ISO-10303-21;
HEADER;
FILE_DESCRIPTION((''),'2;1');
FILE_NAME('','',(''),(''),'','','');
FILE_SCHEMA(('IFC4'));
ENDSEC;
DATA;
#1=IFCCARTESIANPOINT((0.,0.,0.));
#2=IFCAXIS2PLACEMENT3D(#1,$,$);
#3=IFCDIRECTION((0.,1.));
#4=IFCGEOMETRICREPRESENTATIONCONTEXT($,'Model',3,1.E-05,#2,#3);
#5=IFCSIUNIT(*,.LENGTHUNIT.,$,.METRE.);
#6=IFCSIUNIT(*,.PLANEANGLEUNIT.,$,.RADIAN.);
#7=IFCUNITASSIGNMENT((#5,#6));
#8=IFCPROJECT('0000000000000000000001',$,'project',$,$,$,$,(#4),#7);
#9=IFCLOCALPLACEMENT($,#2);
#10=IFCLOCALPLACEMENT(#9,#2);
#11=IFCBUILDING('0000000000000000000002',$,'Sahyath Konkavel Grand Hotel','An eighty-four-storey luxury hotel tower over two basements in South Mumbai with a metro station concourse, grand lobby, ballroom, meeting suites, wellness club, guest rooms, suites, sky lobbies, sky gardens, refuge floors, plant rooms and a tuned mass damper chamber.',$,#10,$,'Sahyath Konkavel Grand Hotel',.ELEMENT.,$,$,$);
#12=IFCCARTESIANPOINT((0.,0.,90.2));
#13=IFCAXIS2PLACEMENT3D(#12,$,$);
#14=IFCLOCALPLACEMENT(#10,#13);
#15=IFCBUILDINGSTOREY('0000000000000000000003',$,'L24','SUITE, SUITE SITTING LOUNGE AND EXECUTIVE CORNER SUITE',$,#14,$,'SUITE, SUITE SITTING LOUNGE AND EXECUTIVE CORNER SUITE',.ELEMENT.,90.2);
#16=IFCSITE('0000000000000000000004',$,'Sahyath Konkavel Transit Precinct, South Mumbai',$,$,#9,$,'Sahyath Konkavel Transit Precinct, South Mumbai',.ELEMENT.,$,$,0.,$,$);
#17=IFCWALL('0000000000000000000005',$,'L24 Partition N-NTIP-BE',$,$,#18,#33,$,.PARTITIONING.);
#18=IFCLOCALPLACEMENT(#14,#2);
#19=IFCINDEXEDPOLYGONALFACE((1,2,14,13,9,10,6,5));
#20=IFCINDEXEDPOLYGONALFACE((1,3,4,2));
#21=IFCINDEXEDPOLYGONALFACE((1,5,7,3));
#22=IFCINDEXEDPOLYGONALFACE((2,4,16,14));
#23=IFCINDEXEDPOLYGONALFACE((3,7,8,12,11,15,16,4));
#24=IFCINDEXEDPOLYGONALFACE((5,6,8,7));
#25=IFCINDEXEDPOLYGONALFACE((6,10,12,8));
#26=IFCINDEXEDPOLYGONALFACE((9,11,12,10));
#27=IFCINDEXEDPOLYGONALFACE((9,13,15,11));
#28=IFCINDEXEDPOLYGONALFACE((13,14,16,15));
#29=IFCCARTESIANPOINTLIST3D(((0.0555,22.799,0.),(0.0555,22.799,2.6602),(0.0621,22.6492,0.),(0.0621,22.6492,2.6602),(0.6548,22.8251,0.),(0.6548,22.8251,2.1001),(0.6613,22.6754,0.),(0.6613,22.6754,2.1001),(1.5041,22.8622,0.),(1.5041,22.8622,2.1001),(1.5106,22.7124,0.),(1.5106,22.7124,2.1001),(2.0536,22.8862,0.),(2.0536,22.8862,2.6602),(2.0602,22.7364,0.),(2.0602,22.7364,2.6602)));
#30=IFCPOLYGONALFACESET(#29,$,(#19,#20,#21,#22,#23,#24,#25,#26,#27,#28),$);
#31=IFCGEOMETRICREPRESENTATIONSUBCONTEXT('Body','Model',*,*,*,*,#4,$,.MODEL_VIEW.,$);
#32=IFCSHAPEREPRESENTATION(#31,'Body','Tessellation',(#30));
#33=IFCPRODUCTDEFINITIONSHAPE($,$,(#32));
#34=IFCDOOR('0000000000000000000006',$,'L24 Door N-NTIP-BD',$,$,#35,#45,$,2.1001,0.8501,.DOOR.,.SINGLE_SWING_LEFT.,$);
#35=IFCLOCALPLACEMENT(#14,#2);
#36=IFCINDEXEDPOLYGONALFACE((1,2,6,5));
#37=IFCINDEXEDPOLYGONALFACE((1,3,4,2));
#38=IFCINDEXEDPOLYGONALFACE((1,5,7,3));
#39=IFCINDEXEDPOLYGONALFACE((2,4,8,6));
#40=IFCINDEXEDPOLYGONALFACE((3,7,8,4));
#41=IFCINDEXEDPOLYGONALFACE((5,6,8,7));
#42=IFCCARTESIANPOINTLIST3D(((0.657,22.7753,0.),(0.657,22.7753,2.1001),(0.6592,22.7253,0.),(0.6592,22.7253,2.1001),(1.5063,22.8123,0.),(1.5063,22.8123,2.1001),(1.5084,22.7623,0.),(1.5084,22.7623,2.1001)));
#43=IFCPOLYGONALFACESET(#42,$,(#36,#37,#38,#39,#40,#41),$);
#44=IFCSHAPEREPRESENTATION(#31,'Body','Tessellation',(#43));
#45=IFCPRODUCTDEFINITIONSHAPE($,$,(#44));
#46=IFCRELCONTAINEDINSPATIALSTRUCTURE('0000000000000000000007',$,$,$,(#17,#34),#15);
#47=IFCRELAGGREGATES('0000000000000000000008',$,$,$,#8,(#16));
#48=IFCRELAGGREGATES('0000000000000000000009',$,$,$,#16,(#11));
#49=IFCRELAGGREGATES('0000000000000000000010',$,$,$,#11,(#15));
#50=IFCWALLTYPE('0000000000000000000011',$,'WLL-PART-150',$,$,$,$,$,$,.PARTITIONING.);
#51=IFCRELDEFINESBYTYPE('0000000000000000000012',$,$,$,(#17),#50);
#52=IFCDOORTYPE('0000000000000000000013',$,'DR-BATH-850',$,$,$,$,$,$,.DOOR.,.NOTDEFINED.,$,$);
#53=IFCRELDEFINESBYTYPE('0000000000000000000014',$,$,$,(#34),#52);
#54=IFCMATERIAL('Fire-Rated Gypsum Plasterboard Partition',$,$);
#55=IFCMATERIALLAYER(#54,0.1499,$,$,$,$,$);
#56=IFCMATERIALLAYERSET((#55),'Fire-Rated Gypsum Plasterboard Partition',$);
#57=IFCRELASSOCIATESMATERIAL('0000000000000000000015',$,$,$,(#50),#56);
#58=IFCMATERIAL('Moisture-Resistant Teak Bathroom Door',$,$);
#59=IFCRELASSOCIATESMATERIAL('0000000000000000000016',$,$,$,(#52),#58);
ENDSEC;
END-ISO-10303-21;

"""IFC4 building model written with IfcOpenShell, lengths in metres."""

from ifc_helpers import new_model, si_unit, direction, frame, frame_2d, origin, origin_2d, place, context, subcontext, project, spatial, rectangle, extrude, source, transform, mapped, material, layer, layer_set, type_object, element, fill, save


model = new_model("IFC4")

# Units and contexts
model_context = context("Model", 3, precision=1e-05, world=origin(), true_north=direction((0.0, 1.0)))
body_context = subcontext(model_context, "Body", "Model", "MODEL_VIEW")
ifc_project = project(units=[si_unit("LENGTHUNIT", "METRE"), si_unit("PLANEANGLEUNIT", "RADIAN")], contexts=[model_context])

# Site, building, storey
site_placement = place(None, origin())
site = spatial("IfcSite", under=ifc_project, at=site_placement, Name="Sahyath Konkavel Transit Precinct, South Mumbai", LongName="Sahyath Konkavel Transit Precinct, South Mumbai", CompositionType="ELEMENT", RefElevation=0.0)
building_placement = place(site_placement, origin())
building = spatial("IfcBuilding", under=site, at=building_placement, Name="Sahyath Konkavel Grand Hotel", Description="An eighty-four-storey luxury hotel tower over two basements in South Mumbai with a metro station concourse, grand lobby, ballroom, meeting suites, wellness club, guest rooms, suites, sky lobbies, sky gardens, refuge floors, plant rooms and a tuned mass damper chamber.", LongName="Sahyath Konkavel Grand Hotel", CompositionType="ELEMENT")
storey_placement = place(building_placement, frame((0.0, 0.0, 90.2)))
storey = spatial("IfcBuildingStorey", under=building, at=storey_placement, Name="L24", Description="SUITE, SUITE SITTING LOUNGE AND EXECUTIVE CORNER SUITE", LongName="SUITE, SUITE SITTING LOUNGE AND EXECUTIVE CORNER SUITE", CompositionType="ELEMENT", Elevation=90.2)

# Shared definitions
shared_shape_1 = source(origin(), body_context, "Body", "SweptSolid", [
    extrude(rectangle(XDim=0.8501, YDim=0.05, at=origin_2d()), origin(), (0.0, 0.0, 1.0), 2.1001),
])

# Shared definitions
ifc_material_1 = material(Name="Fire-Rated Gypsum Plasterboard Partition")
ifc_layer_1 = layer(ifc_material_1, 0.1499)
ifc_layer_set_1 = layer_set([ifc_layer_1], Name="Fire-Rated Gypsum Plasterboard Partition")
wall_type_1 = type_object("IfcWallType", Name="WLL-PART-150", PredefinedType="PARTITIONING", material=ifc_layer_set_1)

# Wall, opening, door
wall_1_placement = place(storey_placement, frame((2.0569, 22.8113, 0.0), z_axis=(0.0, 0.0, 1.0), x_axis=(-0.99905, -0.04358, 0.0)))
wall_1 = element("IfcWall", 1, at=wall_1_placement, inside=storey, type_object=wall_type_1, Name="L24 Partition N-NTIP-BE", PredefinedType="PARTITIONING", context=body_context, shape_type="SweptSolid", body=[
    extrude(rectangle(XDim=2.0, YDim=0.1499, at=frame_2d((1.0, 0.0))), origin(), (0.0, 0.0, 1.0), 2.6602),
])
opening_1_placement = place(wall_1_placement, frame((0.55, 0.0, 0.0)))
opening_1 = element("IfcOpeningElement", 2, at=opening_1_placement, cuts=wall_1, PredefinedType="OPENING", context=body_context, shape_type="SweptSolid", body=[
    extrude(rectangle(XDim=0.8501, YDim=2.1001, at=frame_2d((0.425, 1.05))), frame((0.0, 0.085, 0.0), z_axis=(0.0, -1.0, 0.0), x_axis=(1.0, 0.0, 0.0)), (0.0, 0.0, 1.0), 0.1699),
])
ifc_material_2 = material(Name="Moisture-Resistant Teak Bathroom Door")
door_type_1 = type_object("IfcDoorType", Name="DR-BATH-850", OperationType="NOTDEFINED", PredefinedType="DOOR", material=ifc_material_2)
door_1_placement = place(opening_1_placement, frame((0.425, 0.0, 0.0)))
door_1 = element("IfcDoor", 3, at=door_1_placement, inside=storey, type_object=door_type_1, Name="L24 Door N-NTIP-BD", OperationType="SINGLE_SWING_LEFT", OverallHeight=2.1001, OverallWidth=0.8501, PredefinedType="DOOR", context=body_context, shape_type="MappedRepresentation", body=[
    mapped(shared_shape_1, transform((0.0, 0.0, 0.0), scale=1.0)),
])
fill(opening_1, door_1)

save(model, "model.ifc")
